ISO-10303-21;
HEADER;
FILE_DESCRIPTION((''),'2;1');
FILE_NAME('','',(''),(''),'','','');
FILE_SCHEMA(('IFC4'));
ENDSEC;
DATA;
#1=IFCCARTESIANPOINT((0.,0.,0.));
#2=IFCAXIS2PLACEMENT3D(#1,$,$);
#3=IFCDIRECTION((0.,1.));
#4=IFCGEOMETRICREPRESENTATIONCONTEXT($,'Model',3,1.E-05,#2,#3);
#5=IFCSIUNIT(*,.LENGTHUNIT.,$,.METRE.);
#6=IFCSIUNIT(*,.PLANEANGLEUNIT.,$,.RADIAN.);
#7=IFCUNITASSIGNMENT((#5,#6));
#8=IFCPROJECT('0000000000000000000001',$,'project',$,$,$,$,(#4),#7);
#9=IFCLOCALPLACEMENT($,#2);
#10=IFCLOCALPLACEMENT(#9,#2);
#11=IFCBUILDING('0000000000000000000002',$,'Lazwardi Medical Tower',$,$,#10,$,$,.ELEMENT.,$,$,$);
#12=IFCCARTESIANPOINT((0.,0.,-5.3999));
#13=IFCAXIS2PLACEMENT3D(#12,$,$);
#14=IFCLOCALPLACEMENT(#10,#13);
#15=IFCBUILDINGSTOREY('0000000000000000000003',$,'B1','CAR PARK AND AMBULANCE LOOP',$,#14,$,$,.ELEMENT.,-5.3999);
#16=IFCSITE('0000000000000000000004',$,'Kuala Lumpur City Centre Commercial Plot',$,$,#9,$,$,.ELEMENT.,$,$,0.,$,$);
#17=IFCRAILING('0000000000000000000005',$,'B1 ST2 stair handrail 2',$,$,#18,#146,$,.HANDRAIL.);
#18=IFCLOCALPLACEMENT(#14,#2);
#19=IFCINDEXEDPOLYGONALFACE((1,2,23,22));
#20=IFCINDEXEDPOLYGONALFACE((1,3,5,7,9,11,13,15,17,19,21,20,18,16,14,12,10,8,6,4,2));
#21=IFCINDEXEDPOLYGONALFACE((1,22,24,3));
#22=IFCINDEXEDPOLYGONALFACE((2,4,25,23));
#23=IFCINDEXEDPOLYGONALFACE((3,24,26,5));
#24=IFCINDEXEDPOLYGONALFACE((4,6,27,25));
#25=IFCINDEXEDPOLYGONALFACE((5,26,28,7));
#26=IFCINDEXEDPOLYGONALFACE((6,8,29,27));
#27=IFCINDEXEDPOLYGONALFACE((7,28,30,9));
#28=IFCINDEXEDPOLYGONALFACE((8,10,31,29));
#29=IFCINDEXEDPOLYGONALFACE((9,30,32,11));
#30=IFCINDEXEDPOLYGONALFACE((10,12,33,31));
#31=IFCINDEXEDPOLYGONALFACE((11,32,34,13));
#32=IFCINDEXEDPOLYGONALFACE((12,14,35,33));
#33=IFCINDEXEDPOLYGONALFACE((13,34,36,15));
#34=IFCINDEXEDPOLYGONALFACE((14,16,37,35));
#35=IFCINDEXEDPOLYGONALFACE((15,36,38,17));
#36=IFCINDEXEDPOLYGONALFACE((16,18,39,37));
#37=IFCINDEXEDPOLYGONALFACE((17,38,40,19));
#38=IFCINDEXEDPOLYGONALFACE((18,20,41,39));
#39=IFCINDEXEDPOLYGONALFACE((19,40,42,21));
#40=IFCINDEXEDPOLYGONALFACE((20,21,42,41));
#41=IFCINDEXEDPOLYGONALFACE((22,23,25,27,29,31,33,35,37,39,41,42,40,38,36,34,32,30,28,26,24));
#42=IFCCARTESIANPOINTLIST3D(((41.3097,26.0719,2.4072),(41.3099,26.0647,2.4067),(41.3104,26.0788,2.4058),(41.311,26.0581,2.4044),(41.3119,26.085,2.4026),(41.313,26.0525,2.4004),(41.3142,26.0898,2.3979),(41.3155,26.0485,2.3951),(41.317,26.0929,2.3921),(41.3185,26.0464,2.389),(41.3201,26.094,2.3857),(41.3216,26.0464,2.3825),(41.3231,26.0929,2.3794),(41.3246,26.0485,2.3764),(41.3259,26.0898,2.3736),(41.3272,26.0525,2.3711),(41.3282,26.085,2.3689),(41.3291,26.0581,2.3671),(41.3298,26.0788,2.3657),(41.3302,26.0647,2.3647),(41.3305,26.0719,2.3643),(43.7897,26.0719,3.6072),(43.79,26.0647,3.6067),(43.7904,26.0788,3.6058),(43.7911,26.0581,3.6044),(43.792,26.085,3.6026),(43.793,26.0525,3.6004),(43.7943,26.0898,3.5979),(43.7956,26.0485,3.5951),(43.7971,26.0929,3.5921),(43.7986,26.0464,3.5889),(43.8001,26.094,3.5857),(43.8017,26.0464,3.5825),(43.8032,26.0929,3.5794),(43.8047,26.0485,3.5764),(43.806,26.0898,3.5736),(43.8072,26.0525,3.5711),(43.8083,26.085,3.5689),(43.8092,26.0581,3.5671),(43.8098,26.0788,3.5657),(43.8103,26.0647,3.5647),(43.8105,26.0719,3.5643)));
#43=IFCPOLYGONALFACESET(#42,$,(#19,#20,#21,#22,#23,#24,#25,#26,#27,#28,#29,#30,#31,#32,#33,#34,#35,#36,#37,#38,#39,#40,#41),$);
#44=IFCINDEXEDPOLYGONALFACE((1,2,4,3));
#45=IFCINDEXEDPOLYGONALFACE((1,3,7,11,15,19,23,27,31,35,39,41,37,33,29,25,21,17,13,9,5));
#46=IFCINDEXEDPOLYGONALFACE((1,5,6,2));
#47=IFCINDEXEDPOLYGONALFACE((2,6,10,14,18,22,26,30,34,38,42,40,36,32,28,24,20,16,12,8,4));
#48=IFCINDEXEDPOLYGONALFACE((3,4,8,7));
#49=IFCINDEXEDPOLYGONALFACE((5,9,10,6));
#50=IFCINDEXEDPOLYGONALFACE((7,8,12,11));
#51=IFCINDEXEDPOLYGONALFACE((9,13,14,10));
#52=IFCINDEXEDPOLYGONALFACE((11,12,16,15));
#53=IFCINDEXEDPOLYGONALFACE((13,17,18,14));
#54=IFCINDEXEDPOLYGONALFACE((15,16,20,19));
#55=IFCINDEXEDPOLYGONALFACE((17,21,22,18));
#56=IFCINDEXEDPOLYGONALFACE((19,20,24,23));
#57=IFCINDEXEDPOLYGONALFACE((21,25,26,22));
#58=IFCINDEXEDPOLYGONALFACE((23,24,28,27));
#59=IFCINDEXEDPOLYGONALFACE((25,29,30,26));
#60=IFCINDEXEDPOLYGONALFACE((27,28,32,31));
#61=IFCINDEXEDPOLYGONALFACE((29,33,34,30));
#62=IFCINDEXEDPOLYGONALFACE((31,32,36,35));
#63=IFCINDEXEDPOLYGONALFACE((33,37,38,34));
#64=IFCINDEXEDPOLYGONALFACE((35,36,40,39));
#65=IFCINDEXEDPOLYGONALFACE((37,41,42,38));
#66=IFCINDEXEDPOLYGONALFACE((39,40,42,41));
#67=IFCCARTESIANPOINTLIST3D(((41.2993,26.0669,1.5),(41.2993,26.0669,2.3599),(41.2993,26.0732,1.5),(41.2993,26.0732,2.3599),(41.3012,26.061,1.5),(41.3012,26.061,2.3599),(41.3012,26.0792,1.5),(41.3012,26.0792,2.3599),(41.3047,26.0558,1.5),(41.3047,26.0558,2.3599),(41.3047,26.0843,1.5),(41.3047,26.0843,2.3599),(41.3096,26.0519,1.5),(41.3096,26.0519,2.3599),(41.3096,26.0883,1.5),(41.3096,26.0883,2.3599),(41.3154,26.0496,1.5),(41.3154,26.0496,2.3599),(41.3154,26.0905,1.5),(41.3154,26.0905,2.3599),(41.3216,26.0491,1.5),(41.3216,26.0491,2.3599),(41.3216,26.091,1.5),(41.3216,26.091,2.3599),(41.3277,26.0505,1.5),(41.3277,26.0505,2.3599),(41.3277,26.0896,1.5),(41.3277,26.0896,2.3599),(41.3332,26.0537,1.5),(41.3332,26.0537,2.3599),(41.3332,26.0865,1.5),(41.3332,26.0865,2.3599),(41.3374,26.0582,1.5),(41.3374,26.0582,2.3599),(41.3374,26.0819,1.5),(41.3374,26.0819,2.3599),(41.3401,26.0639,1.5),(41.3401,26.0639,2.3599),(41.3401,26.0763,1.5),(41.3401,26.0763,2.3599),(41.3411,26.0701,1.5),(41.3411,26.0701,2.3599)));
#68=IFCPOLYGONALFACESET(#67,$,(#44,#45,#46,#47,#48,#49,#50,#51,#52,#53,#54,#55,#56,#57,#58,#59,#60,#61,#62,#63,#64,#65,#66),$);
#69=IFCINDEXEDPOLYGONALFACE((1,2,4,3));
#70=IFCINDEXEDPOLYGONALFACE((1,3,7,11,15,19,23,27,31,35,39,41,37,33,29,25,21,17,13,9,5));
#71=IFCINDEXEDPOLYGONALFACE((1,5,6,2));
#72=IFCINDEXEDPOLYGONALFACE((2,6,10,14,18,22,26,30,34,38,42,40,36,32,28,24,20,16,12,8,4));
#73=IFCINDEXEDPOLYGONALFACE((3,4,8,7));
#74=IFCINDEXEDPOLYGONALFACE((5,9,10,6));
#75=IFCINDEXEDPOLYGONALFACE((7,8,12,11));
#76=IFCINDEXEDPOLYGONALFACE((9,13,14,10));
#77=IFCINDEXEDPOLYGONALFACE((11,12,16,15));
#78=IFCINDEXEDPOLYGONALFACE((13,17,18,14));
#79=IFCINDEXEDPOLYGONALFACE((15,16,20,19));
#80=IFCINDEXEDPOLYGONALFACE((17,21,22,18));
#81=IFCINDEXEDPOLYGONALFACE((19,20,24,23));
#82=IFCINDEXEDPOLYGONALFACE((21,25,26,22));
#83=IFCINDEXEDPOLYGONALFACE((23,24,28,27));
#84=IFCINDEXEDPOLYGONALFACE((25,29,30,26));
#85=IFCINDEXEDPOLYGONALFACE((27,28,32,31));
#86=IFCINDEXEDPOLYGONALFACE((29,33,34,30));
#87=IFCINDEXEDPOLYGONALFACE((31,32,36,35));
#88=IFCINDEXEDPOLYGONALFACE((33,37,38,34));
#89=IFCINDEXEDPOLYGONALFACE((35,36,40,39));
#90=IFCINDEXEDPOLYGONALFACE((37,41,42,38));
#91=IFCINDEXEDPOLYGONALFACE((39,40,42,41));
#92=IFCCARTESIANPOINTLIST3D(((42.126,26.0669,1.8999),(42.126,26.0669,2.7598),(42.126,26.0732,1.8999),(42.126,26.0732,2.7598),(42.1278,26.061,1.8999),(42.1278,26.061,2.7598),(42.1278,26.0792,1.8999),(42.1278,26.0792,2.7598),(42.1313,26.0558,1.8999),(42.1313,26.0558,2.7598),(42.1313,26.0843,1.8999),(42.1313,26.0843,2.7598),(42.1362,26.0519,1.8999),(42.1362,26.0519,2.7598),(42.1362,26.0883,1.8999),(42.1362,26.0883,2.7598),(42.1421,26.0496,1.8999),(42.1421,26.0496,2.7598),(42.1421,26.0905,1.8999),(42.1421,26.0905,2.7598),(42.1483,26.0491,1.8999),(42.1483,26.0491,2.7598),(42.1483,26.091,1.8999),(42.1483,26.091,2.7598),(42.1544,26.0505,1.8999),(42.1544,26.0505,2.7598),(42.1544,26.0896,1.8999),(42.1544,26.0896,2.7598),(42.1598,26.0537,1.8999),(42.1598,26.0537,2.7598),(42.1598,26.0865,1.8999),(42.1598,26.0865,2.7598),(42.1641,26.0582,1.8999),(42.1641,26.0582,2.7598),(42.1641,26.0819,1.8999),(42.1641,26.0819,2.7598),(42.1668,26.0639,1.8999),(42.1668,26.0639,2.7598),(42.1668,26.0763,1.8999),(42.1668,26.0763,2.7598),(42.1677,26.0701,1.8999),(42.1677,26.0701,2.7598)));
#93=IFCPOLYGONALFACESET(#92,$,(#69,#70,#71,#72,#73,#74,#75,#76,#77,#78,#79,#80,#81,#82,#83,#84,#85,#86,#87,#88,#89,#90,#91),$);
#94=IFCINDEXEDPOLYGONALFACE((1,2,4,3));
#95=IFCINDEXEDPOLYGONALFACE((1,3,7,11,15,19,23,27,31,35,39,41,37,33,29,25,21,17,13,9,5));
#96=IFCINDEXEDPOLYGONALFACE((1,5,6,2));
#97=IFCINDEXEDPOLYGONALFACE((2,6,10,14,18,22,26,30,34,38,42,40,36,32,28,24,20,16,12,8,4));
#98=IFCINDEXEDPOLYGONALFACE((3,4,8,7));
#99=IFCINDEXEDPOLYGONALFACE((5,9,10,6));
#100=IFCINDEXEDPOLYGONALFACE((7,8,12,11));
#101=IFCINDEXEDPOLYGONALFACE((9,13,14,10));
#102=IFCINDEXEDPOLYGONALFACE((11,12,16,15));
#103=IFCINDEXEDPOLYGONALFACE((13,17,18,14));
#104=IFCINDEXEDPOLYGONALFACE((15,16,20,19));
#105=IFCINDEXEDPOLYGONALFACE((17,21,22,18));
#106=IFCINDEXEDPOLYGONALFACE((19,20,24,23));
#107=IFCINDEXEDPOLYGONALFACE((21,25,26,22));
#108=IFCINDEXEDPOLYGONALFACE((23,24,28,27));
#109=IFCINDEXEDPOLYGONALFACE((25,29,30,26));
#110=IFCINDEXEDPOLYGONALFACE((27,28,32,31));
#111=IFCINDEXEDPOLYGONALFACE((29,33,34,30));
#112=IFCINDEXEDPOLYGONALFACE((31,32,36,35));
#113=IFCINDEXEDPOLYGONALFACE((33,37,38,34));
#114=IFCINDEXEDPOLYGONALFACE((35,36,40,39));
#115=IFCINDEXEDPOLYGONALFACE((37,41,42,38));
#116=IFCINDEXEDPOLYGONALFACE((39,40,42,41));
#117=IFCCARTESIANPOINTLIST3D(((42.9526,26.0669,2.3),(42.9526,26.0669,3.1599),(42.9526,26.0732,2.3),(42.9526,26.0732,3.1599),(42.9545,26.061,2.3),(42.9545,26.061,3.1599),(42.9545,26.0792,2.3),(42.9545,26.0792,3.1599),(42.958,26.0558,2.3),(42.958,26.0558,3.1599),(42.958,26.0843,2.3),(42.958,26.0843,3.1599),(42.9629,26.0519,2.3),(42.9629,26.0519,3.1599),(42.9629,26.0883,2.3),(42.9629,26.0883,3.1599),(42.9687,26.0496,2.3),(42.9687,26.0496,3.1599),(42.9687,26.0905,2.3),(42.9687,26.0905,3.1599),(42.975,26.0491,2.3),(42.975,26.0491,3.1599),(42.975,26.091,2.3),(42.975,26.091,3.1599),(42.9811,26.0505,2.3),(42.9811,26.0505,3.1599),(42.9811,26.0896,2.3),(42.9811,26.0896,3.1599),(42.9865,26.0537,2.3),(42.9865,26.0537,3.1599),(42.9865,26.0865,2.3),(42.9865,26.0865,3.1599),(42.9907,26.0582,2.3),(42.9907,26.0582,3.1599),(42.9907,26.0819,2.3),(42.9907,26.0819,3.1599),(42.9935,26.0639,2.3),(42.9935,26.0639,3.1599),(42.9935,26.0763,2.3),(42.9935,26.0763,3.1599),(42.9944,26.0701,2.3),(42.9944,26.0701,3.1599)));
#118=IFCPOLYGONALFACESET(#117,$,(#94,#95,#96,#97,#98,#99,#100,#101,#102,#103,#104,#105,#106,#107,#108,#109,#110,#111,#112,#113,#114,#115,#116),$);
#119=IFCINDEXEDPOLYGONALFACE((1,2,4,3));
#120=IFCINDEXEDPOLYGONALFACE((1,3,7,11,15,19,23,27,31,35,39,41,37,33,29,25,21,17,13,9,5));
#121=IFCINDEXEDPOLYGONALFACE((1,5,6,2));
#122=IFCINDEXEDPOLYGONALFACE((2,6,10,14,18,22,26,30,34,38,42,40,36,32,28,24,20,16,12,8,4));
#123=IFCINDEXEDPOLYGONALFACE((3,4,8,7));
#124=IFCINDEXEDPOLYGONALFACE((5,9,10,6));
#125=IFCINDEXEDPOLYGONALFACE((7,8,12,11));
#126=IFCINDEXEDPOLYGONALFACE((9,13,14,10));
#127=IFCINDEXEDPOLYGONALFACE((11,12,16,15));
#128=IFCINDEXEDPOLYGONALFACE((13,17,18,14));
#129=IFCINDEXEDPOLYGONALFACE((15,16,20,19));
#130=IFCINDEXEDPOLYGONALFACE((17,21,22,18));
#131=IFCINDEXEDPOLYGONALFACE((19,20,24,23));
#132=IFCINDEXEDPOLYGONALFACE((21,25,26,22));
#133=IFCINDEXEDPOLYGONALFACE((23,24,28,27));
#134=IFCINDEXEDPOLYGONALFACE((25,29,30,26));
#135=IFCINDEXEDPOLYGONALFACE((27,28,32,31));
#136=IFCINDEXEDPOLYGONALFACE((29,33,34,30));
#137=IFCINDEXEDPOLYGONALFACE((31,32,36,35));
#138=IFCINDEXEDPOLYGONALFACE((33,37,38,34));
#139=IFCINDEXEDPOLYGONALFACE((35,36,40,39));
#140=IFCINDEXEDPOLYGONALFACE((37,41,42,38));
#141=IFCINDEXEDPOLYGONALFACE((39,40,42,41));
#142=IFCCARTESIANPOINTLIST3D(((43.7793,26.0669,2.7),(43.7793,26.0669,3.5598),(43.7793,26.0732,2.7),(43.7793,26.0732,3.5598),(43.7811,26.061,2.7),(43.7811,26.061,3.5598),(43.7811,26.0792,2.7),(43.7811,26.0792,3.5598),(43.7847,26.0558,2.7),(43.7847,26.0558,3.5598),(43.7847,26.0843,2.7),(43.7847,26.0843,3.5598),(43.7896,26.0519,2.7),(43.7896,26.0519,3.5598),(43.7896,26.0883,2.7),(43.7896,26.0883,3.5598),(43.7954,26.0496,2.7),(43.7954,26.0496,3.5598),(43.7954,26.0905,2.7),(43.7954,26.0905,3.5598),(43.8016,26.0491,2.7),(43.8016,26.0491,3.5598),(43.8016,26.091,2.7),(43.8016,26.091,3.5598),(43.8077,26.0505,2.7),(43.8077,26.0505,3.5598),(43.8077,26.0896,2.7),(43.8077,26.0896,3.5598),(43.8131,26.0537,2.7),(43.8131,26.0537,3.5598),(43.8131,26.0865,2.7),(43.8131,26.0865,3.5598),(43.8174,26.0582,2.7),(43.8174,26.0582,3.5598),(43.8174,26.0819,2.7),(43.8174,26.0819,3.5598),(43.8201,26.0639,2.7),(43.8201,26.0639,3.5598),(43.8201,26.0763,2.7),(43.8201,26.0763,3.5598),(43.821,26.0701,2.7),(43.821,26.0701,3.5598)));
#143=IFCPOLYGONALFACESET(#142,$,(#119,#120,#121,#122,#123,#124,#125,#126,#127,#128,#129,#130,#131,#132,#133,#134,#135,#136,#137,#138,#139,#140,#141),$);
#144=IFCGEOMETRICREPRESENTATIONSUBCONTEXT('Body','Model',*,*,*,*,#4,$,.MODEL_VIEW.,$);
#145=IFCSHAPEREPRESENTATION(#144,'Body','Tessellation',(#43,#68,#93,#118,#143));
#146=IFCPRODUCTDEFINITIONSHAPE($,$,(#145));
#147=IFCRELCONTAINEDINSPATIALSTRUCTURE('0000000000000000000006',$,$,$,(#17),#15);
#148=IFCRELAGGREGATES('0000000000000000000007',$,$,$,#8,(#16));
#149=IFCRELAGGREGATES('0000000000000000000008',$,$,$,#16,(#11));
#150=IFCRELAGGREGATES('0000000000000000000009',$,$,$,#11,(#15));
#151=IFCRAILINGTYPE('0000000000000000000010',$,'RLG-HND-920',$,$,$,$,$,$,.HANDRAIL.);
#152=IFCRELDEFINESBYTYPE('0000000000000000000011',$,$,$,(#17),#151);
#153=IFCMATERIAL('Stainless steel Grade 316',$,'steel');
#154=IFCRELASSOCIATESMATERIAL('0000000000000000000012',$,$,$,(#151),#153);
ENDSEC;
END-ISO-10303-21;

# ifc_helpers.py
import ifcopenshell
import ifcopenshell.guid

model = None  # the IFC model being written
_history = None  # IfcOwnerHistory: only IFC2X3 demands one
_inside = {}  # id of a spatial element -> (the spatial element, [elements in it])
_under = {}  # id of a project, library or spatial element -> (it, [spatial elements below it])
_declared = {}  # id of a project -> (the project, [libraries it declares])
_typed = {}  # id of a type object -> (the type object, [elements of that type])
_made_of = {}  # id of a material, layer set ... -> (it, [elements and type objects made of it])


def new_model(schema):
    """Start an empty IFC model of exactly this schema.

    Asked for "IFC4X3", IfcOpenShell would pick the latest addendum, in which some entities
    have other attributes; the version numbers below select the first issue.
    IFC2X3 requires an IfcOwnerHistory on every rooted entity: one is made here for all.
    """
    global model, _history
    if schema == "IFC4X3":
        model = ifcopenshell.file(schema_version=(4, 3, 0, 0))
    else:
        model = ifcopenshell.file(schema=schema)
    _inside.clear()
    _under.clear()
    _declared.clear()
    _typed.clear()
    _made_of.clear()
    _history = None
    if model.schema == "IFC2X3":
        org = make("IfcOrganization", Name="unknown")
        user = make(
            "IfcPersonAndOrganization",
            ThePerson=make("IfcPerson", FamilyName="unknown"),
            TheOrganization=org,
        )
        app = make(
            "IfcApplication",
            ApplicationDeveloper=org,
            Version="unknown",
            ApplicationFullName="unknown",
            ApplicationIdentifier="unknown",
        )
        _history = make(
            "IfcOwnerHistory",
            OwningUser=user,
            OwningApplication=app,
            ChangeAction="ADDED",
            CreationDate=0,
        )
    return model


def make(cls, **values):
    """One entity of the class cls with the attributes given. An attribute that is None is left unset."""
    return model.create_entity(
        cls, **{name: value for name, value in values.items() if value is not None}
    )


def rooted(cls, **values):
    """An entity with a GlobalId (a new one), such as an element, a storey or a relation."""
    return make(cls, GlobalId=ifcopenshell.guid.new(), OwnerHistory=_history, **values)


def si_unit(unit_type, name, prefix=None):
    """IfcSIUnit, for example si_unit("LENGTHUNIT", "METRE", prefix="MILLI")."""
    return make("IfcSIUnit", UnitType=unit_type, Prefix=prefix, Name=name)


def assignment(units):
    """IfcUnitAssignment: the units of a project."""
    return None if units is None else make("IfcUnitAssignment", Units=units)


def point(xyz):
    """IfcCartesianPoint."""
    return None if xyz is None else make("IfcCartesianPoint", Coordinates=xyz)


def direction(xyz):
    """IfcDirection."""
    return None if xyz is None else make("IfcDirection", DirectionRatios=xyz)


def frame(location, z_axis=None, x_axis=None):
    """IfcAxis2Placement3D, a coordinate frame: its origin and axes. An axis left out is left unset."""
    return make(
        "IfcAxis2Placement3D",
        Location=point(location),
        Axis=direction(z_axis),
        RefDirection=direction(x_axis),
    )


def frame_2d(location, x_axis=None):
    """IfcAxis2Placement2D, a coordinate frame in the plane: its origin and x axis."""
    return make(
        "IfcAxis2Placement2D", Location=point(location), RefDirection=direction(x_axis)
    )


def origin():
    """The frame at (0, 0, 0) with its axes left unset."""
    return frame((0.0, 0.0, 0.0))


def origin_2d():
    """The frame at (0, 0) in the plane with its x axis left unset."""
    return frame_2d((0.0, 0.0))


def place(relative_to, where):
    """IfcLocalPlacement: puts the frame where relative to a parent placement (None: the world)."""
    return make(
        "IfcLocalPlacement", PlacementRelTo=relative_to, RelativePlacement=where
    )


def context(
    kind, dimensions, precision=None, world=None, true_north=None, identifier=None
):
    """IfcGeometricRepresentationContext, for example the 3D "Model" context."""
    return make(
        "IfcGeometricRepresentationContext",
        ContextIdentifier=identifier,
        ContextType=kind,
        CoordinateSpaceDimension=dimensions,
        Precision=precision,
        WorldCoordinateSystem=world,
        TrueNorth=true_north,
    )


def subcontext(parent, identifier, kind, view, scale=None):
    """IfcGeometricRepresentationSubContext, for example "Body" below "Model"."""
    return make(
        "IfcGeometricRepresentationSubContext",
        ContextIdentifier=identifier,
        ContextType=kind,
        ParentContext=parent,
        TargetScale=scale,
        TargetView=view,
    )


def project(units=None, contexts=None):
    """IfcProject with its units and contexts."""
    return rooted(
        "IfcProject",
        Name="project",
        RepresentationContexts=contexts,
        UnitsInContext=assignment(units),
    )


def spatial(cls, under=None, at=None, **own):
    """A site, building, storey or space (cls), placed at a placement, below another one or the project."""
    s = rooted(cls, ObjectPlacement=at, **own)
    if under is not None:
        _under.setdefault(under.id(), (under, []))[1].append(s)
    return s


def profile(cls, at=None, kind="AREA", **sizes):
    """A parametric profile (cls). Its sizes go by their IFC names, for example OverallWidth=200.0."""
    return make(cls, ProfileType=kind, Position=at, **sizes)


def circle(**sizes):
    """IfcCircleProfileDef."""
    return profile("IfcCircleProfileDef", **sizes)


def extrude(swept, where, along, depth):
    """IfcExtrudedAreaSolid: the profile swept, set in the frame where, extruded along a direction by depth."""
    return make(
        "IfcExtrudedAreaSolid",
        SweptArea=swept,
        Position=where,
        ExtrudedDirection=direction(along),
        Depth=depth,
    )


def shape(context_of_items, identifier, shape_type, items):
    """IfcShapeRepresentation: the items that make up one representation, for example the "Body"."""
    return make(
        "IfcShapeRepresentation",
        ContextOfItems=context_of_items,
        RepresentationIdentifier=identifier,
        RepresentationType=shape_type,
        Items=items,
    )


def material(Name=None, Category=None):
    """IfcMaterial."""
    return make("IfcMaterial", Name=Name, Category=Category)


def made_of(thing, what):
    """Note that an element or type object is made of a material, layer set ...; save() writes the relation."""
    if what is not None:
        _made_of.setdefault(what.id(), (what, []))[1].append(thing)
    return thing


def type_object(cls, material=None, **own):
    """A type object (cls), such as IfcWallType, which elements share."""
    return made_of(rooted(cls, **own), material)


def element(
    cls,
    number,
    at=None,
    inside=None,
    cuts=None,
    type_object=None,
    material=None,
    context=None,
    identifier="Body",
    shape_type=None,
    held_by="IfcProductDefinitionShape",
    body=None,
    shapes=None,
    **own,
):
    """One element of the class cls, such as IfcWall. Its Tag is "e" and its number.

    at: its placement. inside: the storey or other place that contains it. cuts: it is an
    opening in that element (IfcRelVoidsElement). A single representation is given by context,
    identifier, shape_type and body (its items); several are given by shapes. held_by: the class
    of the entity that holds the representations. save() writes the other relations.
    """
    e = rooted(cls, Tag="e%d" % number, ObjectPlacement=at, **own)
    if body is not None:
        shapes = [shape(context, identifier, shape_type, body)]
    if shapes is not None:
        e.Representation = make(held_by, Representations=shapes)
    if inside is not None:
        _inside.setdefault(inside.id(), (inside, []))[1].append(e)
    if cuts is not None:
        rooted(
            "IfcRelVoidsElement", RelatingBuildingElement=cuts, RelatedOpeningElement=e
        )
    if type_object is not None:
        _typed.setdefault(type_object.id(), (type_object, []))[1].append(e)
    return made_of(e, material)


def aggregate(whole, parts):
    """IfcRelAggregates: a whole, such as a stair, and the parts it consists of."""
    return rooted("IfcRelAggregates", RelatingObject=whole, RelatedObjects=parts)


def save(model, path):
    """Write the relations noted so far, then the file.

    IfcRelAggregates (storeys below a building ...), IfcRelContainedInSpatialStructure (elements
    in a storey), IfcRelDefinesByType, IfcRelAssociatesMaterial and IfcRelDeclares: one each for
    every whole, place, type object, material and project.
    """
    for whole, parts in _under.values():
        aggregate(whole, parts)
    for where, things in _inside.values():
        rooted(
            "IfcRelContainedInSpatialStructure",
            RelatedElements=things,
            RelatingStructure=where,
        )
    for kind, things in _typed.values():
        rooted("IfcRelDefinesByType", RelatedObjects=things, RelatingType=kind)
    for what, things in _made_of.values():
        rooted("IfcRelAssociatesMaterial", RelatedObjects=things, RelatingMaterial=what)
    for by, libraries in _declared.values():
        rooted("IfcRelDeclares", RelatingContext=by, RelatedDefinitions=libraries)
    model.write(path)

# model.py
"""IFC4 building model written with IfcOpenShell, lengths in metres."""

from ifc_helpers import new_model, si_unit, direction, frame, origin, origin_2d, place, context, subcontext, project, spatial, circle, extrude, material, type_object, element, save


model = new_model("IFC4")

# Units and contexts
model_context = context("Model", 3, precision=1e-05, world=origin(), true_north=direction((0.0, 1.0)))
body_context = subcontext(model_context, "Body", "Model", "MODEL_VIEW")
ifc_project = project(units=[si_unit("LENGTHUNIT", "METRE"), si_unit("PLANEANGLEUNIT", "RADIAN")], contexts=[model_context])

# Site, building, storey
site_placement = place(None, origin())
site = spatial("IfcSite", under=ifc_project, at=site_placement, Name="Kuala Lumpur City Centre Commercial Plot", CompositionType="ELEMENT", RefElevation=0.0)
building_placement = place(site_placement, origin())
building = spatial("IfcBuilding", under=site, at=building_placement, Name="Lazwardi Medical Tower", CompositionType="ELEMENT")
storey_placement = place(building_placement, frame((0.0, 0.0, -5.3999)))
storey = spatial("IfcBuildingStorey", under=building, at=storey_placement, Name="B1", Description="CAR PARK AND AMBULANCE LOOP", CompositionType="ELEMENT", Elevation=-5.3999)

# Railing
ifc_material_1 = material(Name="Stainless steel Grade 316", Category="steel")
railing_type_1 = type_object("IfcRailingType", Name="RLG-HND-920", PredefinedType="HANDRAIL", material=ifc_material_1)
for number, where, name in (
    (1, (41.3201, 26.0701, 1.5), "B1 ST2 stair handrail 2"),
):
    element("IfcRailing", number, at=place(storey_placement, frame(where)), inside=storey, type_object=railing_type_1, Name=name, PredefinedType="HANDRAIL", context=body_context, shape_type="SweptSolid", body=[
        extrude(circle(Radius=0.0239, at=origin_2d()), frame((0.0, 0.0, 0.8857), z_axis=(0.900165, 0.0, 0.435549), x_axis=(0.0, 1.0, 0.0)), (0.0, 0.0, 1.0), 2.7551),
        extrude(circle(Radius=0.021, at=origin_2d()), origin(), (0.0, 0.0, 1.0), 0.8599),
        extrude(circle(Radius=0.021, at=origin_2d()), frame((0.8267, 0.0, 0.3999)), (0.0, 0.0, 1.0), 0.8599),
        extrude(circle(Radius=0.021, at=origin_2d()), frame((1.6533, 0.0, 0.8)), (0.0, 0.0, 1.0), 0.8599),
        extrude(circle(Radius=0.021, at=origin_2d()), frame((2.48, 0.0, 1.2)), (0.0, 0.0, 1.0), 0.8599),
    ])

save(model, "model.ifc")
